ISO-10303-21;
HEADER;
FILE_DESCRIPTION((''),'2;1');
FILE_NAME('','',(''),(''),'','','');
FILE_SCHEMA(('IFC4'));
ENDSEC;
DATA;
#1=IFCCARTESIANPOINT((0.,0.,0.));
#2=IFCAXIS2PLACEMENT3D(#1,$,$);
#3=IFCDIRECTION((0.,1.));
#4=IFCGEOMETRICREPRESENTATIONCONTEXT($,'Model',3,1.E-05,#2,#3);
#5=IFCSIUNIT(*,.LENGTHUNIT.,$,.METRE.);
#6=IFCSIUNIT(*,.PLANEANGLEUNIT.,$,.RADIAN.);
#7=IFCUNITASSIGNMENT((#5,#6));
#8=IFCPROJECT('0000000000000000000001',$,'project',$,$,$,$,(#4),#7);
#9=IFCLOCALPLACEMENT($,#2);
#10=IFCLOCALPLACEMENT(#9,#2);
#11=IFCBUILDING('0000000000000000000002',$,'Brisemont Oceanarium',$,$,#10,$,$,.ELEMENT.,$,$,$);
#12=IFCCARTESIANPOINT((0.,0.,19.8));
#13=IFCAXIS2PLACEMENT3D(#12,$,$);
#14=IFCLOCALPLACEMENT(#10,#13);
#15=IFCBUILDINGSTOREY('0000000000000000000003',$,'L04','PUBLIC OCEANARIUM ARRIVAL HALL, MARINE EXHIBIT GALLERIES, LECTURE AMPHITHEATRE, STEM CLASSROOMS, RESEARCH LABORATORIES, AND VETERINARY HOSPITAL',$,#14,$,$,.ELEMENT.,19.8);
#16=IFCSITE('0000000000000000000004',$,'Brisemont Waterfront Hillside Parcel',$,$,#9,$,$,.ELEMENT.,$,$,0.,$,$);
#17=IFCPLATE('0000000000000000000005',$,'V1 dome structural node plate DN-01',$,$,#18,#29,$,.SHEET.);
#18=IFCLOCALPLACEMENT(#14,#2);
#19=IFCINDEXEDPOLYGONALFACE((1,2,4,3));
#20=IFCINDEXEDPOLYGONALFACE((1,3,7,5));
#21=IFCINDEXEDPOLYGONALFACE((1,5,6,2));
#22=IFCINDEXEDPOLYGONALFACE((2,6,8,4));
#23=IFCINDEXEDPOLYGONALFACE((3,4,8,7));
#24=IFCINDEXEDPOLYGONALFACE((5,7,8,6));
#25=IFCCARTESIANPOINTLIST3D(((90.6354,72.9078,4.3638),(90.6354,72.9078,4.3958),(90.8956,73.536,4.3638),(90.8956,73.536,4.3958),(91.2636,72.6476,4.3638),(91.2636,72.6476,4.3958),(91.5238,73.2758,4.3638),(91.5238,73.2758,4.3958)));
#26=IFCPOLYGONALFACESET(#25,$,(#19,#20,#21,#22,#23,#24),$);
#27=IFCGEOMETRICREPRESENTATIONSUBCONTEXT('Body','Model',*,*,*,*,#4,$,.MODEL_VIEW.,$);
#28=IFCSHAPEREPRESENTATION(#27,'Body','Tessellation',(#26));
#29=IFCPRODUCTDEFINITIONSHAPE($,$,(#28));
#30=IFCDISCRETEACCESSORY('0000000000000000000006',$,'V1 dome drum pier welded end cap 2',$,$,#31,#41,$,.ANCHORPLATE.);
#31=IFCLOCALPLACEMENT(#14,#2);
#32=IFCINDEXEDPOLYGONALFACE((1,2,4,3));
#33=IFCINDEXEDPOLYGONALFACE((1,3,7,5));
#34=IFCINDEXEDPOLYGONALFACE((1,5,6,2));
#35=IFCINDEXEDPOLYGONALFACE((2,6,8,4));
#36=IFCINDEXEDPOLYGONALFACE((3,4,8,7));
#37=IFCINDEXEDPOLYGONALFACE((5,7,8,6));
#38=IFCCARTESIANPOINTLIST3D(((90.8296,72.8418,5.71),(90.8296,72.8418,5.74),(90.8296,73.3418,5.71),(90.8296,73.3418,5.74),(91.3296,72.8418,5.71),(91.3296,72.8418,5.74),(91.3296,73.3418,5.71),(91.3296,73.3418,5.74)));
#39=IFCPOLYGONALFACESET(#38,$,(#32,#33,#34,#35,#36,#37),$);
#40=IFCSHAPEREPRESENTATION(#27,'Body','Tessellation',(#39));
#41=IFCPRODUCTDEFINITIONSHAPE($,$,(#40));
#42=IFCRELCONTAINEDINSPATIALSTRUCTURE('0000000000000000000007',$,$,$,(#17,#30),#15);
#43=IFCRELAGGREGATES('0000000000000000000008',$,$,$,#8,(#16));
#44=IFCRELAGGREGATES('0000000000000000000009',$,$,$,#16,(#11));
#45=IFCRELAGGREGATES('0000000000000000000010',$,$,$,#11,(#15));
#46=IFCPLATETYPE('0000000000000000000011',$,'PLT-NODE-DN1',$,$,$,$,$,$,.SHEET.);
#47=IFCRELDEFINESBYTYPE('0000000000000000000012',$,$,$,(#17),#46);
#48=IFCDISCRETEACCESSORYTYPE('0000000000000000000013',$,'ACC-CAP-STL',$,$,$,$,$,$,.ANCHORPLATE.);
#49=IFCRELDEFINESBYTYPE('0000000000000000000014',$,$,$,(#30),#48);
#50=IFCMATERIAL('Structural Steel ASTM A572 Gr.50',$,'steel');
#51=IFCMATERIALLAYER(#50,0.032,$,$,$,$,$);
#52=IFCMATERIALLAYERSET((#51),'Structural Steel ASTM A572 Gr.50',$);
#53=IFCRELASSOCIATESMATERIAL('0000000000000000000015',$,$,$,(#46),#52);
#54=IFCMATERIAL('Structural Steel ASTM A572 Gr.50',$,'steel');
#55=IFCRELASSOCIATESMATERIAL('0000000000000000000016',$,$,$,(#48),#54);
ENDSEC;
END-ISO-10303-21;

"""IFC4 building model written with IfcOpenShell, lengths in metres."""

from ifc_helpers import new_model, si_unit, direction, frame, origin, origin_2d, place, context, subcontext, project, spatial, rectangle, extrude, material, layer, layer_set, type_object, element, save


model = new_model("IFC4")

# Units and contexts
model_context = context("Model", 3, precision=1e-05, world=origin(), true_north=direction((0.0, 1.0)))
body_context = subcontext(model_context, "Body", "Model", "MODEL_VIEW")
ifc_project = project(units=[si_unit("LENGTHUNIT", "METRE"), si_unit("PLANEANGLEUNIT", "RADIAN")], contexts=[model_context])

# Site, building, storey
site_placement = place(None, origin())
site = spatial("IfcSite", under=ifc_project, at=site_placement, Name="Brisemont Waterfront Hillside Parcel", CompositionType="ELEMENT", RefElevation=0.0)
building_placement = place(site_placement, origin())
building = spatial("IfcBuilding", under=site, at=building_placement, Name="Brisemont Oceanarium", CompositionType="ELEMENT")
storey_placement = place(building_placement, frame((0.0, 0.0, 19.8)))
storey = spatial("IfcBuildingStorey", under=building, at=storey_placement, Name="L04", Description="PUBLIC OCEANARIUM ARRIVAL HALL, MARINE EXHIBIT GALLERIES, LECTURE AMPHITHEATRE, STEM CLASSROOMS, RESEARCH LABORATORIES, AND VETERINARY HOSPITAL", CompositionType="ELEMENT", Elevation=19.8)

# Plate
ifc_material_1 = material(Name="Structural Steel ASTM A572 Gr.50", Category="steel")
ifc_layer_1 = layer(ifc_material_1, 0.032)
ifc_layer_set_1 = layer_set([ifc_layer_1], Name="Structural Steel ASTM A572 Gr.50")
plate_type_1 = type_object("IfcPlateType", Name="PLT-NODE-DN1", PredefinedType="SHEET", material=ifc_layer_set_1)
plate_1_placement = place(storey_placement, frame((91.0796, 73.0918, 4.3638), z_axis=(0.0, 0.0, 1.0), x_axis=(0.382683, 0.92388, 0.0)))
element("IfcPlate", 1, at=plate_1_placement, inside=storey, type_object=plate_type_1, Name="V1 dome structural node plate DN-01", PredefinedType="SHEET", context=body_context, shape_type="SweptSolid", body=[
    extrude(rectangle(XDim=0.6799, YDim=0.6799, at=origin_2d()), origin(), (0.0, 0.0, 1.0), 0.032),
])

# Discrete accessory
ifc_material_2 = material(Name="Structural Steel ASTM A572 Gr.50", Category="steel")
discrete_accessory_type = type_object("IfcDiscreteAccessoryType", Name="ACC-CAP-STL", PredefinedType="ANCHORPLATE", material=ifc_material_2)
discrete_accessory_placement = place(storey_placement, frame((91.0796, 73.0918, 5.71), z_axis=(0.0, 0.0, 1.0), x_axis=(1.0, 0.0, 0.0)))
element("IfcDiscreteAccessory", 2, at=discrete_accessory_placement, inside=storey, type_object=discrete_accessory_type, Name="V1 dome drum pier welded end cap 2", PredefinedType="ANCHORPLATE", context=body_context, shape_type="SweptSolid", body=[
    extrude(rectangle(XDim=0.5, YDim=0.5, at=origin_2d()), origin(), (0.0, 0.0, 1.0), 0.03),
])

save(model, "model.ifc")
